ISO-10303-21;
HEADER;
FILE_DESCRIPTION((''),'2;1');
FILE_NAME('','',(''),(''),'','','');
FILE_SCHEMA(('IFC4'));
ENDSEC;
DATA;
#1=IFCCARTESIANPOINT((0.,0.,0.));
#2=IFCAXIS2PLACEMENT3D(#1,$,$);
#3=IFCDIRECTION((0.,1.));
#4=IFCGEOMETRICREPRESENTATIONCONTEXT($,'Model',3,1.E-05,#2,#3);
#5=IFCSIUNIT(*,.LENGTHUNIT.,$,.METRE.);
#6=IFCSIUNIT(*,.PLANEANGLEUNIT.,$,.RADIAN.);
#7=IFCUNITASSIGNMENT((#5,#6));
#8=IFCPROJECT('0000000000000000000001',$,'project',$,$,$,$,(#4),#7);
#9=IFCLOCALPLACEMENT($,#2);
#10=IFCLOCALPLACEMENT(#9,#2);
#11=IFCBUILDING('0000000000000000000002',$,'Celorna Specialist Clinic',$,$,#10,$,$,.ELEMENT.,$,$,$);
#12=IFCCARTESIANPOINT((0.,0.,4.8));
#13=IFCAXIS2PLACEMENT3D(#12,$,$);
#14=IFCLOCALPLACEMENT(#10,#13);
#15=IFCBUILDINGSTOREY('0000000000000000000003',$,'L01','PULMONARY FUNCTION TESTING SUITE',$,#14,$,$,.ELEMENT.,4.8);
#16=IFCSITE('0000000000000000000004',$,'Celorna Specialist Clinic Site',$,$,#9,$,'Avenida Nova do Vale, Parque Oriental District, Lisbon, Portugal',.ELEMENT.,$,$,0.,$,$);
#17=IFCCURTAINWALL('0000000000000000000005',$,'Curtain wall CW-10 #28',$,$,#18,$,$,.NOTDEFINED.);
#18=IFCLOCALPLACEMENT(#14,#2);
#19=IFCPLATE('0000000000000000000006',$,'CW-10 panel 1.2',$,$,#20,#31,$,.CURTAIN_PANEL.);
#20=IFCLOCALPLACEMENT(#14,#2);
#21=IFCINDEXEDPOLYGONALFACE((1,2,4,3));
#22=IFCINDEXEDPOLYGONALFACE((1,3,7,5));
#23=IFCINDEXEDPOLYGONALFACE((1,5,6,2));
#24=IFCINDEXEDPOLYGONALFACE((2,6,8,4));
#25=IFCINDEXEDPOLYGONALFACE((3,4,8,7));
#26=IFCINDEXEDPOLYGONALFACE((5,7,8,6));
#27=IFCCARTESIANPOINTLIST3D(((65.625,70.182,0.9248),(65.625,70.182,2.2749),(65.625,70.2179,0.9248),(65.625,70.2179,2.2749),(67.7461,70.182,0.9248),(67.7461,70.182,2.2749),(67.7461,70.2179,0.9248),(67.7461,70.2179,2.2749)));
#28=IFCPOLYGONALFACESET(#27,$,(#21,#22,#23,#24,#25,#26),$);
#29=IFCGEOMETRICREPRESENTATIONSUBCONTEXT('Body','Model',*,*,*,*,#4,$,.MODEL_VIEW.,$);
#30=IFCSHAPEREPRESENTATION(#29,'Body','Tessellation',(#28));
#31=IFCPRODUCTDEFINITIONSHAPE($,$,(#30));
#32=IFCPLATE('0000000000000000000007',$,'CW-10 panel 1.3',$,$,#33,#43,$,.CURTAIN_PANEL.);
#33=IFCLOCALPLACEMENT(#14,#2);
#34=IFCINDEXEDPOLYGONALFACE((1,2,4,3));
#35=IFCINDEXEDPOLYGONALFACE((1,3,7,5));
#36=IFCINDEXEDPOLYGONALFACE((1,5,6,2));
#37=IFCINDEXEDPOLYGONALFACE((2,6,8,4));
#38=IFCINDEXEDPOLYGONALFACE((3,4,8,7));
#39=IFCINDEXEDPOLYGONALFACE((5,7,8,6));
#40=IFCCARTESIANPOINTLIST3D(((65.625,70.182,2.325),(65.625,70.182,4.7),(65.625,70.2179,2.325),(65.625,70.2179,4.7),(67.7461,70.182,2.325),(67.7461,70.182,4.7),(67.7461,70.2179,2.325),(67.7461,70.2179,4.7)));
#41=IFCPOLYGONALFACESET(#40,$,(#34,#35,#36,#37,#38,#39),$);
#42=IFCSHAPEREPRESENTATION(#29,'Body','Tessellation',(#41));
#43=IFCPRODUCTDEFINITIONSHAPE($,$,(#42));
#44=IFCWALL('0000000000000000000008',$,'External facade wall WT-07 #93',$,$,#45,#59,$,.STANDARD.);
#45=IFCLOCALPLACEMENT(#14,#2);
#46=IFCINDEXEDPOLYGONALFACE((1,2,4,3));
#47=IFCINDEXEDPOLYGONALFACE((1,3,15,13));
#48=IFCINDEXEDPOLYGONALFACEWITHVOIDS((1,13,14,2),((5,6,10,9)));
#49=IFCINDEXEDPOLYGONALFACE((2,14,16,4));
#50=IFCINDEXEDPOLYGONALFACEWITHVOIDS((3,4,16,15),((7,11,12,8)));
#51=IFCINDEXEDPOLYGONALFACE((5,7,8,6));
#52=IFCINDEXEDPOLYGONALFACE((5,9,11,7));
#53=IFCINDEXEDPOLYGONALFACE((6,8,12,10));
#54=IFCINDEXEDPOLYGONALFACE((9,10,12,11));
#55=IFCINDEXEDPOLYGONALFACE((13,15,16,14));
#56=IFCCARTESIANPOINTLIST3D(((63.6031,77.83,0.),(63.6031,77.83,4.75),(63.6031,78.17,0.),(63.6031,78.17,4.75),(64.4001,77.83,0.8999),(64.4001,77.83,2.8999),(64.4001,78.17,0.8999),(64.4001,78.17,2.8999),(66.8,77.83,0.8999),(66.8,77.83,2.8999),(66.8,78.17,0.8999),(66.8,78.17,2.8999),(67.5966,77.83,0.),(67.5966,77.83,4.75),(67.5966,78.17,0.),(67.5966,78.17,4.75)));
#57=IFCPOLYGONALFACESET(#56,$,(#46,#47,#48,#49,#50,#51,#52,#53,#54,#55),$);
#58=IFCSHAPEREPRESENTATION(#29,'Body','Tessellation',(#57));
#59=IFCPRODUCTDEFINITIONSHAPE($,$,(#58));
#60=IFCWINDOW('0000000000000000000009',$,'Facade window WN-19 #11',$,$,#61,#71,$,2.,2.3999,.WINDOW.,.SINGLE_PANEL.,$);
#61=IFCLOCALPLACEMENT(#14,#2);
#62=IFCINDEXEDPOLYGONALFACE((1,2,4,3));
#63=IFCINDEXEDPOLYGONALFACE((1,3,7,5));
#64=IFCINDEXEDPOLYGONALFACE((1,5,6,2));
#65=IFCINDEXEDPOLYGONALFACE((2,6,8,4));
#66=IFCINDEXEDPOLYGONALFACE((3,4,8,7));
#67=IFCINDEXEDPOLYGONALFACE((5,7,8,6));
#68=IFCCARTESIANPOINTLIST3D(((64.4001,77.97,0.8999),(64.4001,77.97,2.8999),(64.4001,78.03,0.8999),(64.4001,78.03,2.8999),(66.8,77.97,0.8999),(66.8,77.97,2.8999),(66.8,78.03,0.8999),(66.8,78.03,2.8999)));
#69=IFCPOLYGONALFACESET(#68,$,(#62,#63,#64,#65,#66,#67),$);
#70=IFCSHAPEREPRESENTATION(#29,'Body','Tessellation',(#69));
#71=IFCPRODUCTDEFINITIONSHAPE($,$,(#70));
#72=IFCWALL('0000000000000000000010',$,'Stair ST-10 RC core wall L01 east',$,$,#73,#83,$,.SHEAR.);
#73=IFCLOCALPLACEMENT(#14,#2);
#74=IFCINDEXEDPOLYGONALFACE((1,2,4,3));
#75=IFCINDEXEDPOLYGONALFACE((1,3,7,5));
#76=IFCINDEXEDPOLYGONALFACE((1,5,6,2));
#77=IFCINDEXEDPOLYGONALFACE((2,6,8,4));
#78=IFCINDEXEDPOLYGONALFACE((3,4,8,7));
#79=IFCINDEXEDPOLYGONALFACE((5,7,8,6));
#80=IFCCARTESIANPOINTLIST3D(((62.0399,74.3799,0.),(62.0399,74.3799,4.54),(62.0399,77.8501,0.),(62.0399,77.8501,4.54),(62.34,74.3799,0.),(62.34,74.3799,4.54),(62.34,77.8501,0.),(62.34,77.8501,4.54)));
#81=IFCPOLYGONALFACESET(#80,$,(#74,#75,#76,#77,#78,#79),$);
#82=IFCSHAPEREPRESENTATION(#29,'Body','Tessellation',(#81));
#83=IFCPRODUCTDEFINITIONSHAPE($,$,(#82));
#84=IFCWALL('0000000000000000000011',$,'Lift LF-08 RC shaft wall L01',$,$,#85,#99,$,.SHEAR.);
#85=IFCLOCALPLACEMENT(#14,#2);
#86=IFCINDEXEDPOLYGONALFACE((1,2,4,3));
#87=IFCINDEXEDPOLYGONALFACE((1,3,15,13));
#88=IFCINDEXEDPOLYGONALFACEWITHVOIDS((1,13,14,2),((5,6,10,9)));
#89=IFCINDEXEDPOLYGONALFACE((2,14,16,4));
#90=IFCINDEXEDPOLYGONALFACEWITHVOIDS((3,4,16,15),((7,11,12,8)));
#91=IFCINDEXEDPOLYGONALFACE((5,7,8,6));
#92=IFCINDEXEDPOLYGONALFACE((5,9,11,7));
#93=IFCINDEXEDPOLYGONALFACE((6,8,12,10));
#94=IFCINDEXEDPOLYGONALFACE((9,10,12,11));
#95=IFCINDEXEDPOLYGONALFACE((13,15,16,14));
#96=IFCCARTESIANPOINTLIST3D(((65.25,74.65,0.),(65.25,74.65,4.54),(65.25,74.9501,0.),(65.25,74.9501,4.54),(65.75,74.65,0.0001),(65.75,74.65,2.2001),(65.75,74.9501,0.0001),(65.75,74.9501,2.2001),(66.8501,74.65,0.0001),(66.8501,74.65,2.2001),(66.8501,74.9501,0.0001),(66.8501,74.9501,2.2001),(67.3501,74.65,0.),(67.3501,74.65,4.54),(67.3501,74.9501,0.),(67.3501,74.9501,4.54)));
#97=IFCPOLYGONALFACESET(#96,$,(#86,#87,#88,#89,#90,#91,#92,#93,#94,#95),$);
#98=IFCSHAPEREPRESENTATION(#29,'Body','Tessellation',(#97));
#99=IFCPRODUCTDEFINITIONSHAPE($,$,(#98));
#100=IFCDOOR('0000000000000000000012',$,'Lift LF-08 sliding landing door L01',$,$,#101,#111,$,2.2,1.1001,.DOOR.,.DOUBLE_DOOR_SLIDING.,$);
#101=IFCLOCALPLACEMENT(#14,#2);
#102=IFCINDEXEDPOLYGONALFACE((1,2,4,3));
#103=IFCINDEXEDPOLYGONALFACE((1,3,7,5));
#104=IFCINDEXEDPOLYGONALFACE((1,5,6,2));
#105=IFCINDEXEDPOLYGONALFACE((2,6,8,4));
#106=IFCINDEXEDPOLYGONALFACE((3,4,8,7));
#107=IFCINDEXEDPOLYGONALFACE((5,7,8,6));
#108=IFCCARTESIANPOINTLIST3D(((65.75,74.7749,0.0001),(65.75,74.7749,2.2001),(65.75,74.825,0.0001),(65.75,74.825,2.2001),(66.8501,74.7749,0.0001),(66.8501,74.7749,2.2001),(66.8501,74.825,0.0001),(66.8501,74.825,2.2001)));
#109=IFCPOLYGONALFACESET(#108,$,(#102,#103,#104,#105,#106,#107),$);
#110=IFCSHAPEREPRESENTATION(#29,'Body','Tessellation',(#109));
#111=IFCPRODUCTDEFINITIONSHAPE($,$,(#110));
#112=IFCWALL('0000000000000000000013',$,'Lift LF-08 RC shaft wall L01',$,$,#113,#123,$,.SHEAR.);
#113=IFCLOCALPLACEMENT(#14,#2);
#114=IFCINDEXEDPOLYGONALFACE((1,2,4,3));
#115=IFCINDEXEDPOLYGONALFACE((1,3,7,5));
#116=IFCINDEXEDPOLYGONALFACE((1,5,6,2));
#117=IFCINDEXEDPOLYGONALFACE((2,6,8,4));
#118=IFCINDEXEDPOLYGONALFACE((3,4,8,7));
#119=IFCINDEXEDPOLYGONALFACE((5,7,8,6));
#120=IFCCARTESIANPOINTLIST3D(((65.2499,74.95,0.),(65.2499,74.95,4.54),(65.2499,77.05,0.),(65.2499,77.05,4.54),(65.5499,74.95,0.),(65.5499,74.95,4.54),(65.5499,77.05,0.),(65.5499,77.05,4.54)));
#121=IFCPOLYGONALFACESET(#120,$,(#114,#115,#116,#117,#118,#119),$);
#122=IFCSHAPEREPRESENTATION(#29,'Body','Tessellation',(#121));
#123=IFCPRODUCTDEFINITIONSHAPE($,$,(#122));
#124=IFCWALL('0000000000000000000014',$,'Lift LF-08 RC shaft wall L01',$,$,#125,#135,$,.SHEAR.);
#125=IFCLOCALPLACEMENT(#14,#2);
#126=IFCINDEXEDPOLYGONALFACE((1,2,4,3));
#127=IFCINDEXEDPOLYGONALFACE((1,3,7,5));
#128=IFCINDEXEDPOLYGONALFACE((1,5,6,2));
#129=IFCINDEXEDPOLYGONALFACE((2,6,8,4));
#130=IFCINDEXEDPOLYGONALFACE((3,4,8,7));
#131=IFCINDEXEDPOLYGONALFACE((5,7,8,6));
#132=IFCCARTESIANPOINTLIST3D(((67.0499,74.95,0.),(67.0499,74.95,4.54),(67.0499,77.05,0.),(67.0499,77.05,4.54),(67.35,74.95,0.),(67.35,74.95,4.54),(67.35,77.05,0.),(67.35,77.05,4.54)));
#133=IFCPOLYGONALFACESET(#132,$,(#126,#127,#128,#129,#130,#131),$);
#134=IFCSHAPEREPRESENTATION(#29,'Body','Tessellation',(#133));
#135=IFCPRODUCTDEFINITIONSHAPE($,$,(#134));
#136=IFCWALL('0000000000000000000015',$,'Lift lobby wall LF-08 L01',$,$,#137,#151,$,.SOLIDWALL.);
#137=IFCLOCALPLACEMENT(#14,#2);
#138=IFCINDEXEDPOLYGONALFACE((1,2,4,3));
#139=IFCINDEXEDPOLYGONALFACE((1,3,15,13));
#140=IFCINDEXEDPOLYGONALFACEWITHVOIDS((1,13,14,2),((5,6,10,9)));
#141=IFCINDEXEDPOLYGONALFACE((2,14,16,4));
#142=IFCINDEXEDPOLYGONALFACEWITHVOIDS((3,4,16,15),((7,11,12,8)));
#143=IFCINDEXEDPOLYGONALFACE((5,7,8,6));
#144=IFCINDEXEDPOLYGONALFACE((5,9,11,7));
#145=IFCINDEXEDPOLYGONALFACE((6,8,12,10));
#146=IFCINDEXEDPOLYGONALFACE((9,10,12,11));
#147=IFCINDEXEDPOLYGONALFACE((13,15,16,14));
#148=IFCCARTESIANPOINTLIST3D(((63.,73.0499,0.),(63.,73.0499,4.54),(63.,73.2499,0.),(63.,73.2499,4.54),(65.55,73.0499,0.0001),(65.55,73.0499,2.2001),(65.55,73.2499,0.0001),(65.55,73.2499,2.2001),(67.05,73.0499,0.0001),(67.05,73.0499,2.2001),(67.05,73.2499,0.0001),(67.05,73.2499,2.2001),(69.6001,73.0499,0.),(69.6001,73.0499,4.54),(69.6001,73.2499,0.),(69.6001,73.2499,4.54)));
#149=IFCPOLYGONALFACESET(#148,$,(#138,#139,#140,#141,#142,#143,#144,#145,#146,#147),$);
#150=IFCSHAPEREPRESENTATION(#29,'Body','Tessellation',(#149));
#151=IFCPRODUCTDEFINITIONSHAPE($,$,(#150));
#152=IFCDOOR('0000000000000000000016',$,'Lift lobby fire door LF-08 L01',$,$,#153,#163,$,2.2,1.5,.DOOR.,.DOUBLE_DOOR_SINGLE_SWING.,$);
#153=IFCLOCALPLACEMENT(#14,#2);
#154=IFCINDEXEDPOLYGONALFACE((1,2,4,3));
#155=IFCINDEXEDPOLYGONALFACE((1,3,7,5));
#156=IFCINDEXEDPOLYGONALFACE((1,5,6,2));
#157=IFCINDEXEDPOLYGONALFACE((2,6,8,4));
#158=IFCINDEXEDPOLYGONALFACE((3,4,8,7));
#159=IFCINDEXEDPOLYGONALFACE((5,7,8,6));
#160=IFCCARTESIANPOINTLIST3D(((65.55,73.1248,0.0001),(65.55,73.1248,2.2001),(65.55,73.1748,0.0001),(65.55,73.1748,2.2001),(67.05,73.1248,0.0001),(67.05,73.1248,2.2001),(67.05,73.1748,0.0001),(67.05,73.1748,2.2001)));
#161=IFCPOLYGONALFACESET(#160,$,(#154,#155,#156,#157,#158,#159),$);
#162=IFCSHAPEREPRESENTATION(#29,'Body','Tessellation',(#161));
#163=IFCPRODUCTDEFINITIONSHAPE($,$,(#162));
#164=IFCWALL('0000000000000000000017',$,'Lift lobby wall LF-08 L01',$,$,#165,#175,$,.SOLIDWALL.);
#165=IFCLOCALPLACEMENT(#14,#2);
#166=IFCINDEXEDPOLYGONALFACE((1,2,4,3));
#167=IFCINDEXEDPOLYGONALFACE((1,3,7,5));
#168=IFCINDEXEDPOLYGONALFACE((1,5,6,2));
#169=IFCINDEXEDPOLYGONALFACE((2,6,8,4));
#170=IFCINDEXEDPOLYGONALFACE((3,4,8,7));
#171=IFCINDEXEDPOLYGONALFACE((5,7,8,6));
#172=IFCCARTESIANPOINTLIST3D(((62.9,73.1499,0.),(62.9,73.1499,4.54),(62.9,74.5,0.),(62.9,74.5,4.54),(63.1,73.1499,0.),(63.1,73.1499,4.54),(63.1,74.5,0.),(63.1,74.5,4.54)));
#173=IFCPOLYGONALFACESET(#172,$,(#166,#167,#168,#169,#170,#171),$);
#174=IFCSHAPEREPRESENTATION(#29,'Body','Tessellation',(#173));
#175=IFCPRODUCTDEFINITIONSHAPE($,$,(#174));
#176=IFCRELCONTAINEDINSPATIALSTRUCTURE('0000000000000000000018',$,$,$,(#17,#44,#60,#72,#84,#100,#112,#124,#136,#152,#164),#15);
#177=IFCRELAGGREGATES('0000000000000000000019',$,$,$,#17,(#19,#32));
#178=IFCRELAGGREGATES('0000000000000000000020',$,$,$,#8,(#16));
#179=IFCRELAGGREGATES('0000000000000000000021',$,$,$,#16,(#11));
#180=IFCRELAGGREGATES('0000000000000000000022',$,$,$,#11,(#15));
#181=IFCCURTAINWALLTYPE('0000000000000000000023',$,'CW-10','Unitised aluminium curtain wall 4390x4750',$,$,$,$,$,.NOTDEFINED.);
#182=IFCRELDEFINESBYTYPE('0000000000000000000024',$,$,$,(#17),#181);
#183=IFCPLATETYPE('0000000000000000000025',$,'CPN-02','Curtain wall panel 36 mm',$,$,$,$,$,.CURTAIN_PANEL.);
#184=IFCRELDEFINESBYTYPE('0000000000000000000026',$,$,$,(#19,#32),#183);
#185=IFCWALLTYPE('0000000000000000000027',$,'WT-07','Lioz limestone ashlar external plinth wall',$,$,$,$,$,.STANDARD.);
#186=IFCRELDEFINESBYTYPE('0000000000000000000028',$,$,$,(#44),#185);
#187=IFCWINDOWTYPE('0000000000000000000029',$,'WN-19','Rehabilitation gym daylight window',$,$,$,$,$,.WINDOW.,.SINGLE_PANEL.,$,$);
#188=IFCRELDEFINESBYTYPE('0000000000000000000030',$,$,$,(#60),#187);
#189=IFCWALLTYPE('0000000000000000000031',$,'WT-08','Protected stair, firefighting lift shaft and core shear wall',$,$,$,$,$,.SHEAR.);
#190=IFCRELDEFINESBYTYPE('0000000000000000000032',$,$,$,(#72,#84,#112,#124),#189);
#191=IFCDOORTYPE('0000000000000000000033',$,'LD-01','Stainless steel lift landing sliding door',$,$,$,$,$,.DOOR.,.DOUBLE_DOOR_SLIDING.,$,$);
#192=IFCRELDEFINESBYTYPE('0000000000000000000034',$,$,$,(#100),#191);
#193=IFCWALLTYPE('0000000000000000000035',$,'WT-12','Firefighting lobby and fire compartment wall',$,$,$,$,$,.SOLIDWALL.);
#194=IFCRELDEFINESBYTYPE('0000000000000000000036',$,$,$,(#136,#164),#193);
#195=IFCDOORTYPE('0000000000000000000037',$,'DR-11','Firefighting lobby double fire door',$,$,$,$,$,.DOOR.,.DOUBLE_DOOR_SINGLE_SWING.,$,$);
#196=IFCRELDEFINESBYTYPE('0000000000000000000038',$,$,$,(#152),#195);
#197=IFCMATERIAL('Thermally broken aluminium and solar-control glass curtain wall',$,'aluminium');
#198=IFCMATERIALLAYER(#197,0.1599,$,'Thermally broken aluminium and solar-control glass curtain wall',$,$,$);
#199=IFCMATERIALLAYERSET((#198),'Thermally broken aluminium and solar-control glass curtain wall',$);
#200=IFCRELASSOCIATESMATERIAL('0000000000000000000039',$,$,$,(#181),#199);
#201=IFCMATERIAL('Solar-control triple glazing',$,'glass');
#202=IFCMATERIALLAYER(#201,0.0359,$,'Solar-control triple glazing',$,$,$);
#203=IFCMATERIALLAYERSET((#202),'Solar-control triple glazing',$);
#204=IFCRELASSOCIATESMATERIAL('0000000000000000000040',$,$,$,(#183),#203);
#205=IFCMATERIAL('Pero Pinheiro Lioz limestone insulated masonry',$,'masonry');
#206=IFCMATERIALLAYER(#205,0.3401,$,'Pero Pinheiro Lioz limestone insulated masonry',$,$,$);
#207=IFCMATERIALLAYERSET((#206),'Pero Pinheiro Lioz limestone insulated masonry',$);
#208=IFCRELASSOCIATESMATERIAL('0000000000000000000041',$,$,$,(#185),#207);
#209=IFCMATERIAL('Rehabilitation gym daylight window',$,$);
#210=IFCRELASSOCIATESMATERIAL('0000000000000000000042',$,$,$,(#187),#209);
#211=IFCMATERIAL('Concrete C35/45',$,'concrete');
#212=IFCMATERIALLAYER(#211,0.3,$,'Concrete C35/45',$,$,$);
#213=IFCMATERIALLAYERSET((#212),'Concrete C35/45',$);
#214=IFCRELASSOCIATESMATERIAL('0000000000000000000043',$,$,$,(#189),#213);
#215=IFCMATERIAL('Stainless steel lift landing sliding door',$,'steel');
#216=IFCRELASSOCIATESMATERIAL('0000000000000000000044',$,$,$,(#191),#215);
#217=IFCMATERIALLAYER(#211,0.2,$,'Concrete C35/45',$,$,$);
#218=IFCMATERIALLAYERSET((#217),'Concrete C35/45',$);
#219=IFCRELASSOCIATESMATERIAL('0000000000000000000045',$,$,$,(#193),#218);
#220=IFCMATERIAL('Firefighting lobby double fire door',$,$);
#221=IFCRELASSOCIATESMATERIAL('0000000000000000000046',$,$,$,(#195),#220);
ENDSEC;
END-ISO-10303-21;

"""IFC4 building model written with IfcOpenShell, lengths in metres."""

from ifc_helpers import new_model, si_unit, direction, frame, frame_2d, origin, origin_2d, place, context, subcontext, project, spatial, rectangle, extrude, material, layer, layer_set, type_object, element, fill, aggregate, save


model = new_model("IFC4")

# Units and contexts
model_context = context("Model", 3, precision=1e-05, world=origin(), true_north=direction((0.0, 1.0)))
body_context = subcontext(model_context, "Body", "Model", "MODEL_VIEW")
ifc_project = project(units=[si_unit("LENGTHUNIT", "METRE"), si_unit("PLANEANGLEUNIT", "RADIAN")], contexts=[model_context])

# Site, building, storey
site_placement = place(None, origin())
site = spatial("IfcSite", under=ifc_project, at=site_placement, Name="Celorna Specialist Clinic Site", LongName="Avenida Nova do Vale, Parque Oriental District, Lisbon, Portugal", CompositionType="ELEMENT", RefElevation=0.0)
building_placement = place(site_placement, origin())
building = spatial("IfcBuilding", under=site, at=building_placement, Name="Celorna Specialist Clinic", CompositionType="ELEMENT")
storey_placement = place(building_placement, frame((0.0, 0.0, 4.8)))
storey = spatial("IfcBuildingStorey", under=building, at=storey_placement, Name="L01", Description="PULMONARY FUNCTION TESTING SUITE", CompositionType="ELEMENT", Elevation=4.8)

# Shared definitions
ifc_material_1 = material(Name="Concrete C35/45", Category="concrete")

# Curtain wall, plates
ifc_material_2 = material(Name="Thermally broken aluminium and solar-control glass curtain wall", Category="aluminium")
ifc_layer_1 = layer(ifc_material_2, 0.1599, Name="Thermally broken aluminium and solar-control glass curtain wall")
ifc_layer_set_1 = layer_set([ifc_layer_1], Name="Thermally broken aluminium and solar-control glass curtain wall")
curtain_wall_type = type_object("IfcCurtainWallType", Name="CW-10", Description="Unitised aluminium curtain wall 4390x4750", PredefinedType="NOTDEFINED", material=ifc_layer_set_1)
curtain_wall_placement = place(storey_placement, origin())
curtain_wall = element("IfcCurtainWall", 1, at=curtain_wall_placement, inside=storey, type_object=curtain_wall_type, Name="Curtain wall CW-10 #28", PredefinedType="NOTDEFINED")
ifc_material_3 = material(Name="Solar-control triple glazing", Category="glass")
ifc_layer_2 = layer(ifc_material_3, 0.0359, Name="Solar-control triple glazing")
ifc_layer_set_2 = layer_set([ifc_layer_2], Name="Solar-control triple glazing")
plate_type = type_object("IfcPlateType", Name="CPN-02", Description="Curtain wall panel 36 mm", PredefinedType="CURTAIN_PANEL", material=ifc_layer_set_2)
plate_1_placement = place(storey_placement, frame((66.6855, 70.2, 0.9248), z_axis=(0.0, 0.0, 1.0), x_axis=(-1.0, 0.0, 0.0)))
plate_1 = element("IfcPlate", 2, at=plate_1_placement, type_object=plate_type, Name="CW-10 panel 1.2", PredefinedType="CURTAIN_PANEL", context=body_context, shape_type="SweptSolid", body=[
    extrude(rectangle(XDim=2.1211, YDim=0.0359, at=origin_2d()), origin(), (0.0, 0.0, 1.0), 1.3501),
])
plate_2_placement = place(storey_placement, frame((66.6855, 70.2, 2.325), z_axis=(0.0, 0.0, 1.0), x_axis=(-1.0, 0.0, 0.0)))
plate_2 = element("IfcPlate", 3, at=plate_2_placement, type_object=plate_type, Name="CW-10 panel 1.3", PredefinedType="CURTAIN_PANEL", context=body_context, shape_type="SweptSolid", body=[
    extrude(rectangle(XDim=2.1211, YDim=0.0359, at=origin_2d()), origin(), (0.0, 0.0, 1.0), 2.375),
])
aggregate(curtain_wall, [plate_1, plate_2])

# Wall, opening, window
ifc_material_4 = material(Name="Pero Pinheiro Lioz limestone insulated masonry", Category="masonry")
ifc_layer_3 = layer(ifc_material_4, 0.3401, Name="Pero Pinheiro Lioz limestone insulated masonry")
ifc_layer_set_3 = layer_set([ifc_layer_3], Name="Pero Pinheiro Lioz limestone insulated masonry")
wall_type_1 = type_object("IfcWallType", Name="WT-07", Description="Lioz limestone ashlar external plinth wall", PredefinedType="STANDARD", material=ifc_layer_set_3)
wall_1_placement = place(storey_placement, frame((63.6033, 78.0, 0.0), z_axis=(0.0, 0.0, 1.0), x_axis=(1.0, 0.0, 0.0)))
wall_1 = element("IfcWall", 4, at=wall_1_placement, inside=storey, type_object=wall_type_1, Name="External facade wall WT-07 #93", PredefinedType="STANDARD", context=body_context, shape_type="SweptSolid", body=[
    extrude(rectangle(XDim=3.9934, YDim=0.3401, at=frame_2d((1.9966, 0.0))), origin(), (0.0, 0.0, 1.0), 4.75),
])
opening_1_placement = place(wall_1_placement, frame((0.7969, 0.0, 0.8999)))
opening_1 = element("IfcOpeningElement", 5, at=opening_1_placement, cuts=wall_1, PredefinedType="OPENING", context=body_context, shape_type="SweptSolid", body=[
    extrude(rectangle(XDim=2.3999, YDim=2.0, at=frame_2d((1.2, 1.0))), frame((0.0, 0.1799, 0.0), z_axis=(0.0, -1.0, 0.0), x_axis=(1.0, 0.0, 0.0)), (0.0, 0.0, 1.0), 0.3601),
])
ifc_material_5 = material(Name="Rehabilitation gym daylight window")
window_type = type_object("IfcWindowType", Name="WN-19", Description="Rehabilitation gym daylight window", PartitioningType="SINGLE_PANEL", PredefinedType="WINDOW", material=ifc_material_5)
window_placement = place(opening_1_placement, origin())
window = element("IfcWindow", 6, at=window_placement, inside=storey, type_object=window_type, Name="Facade window WN-19 #11", OverallHeight=2.0, OverallWidth=2.3999, PartitioningType="SINGLE_PANEL", PredefinedType="WINDOW", context=body_context, shape_type="SweptSolid", body=[
    extrude(rectangle(XDim=2.3999, YDim=2.0, at=frame_2d((1.2, 1.0))), frame((0.0, 0.03, 0.0), z_axis=(0.0, -1.0, 0.0), x_axis=(1.0, 0.0, 0.0)), (0.0, 0.0, 1.0), 0.0601),
])
fill(opening_1, window)

# Wall
ifc_layer_4 = layer(ifc_material_1, 0.3, Name="Concrete C35/45")
ifc_layer_set_4 = layer_set([ifc_layer_4], Name="Concrete C35/45")
wall_type_2 = type_object("IfcWallType", Name="WT-08", Description="Protected stair, firefighting lift shaft and core shear wall", PredefinedType="SHEAR", material=ifc_layer_set_4)
wall_2_placement = place(storey_placement, frame((62.1899, 74.3799, 0.0), z_axis=(0.0, 0.0, 1.0), x_axis=(0.0, 1.0, 0.0)))
element("IfcWall", 7, at=wall_2_placement, inside=storey, type_object=wall_type_2, Name="Stair ST-10 RC core wall L01 east", PredefinedType="SHEAR", context=body_context, shape_type="SweptSolid", body=[
    extrude(rectangle(XDim=3.4702, YDim=0.3, at=frame_2d((1.7351, 0.0))), origin(), (0.0, 0.0, 1.0), 4.54),
])

# Wall, opening, door
wall_3_placement = place(storey_placement, frame((65.25, 74.8, 0.0), z_axis=(0.0, 0.0, 1.0), x_axis=(1.0, 0.0, 0.0)))
wall_3 = element("IfcWall", 8, at=wall_3_placement, inside=storey, type_object=wall_type_2, Name="Lift LF-08 RC shaft wall L01", PredefinedType="SHEAR", context=body_context, shape_type="SweptSolid", body=[
    extrude(rectangle(XDim=2.1001, YDim=0.3, at=frame_2d((1.05, 0.0))), origin(), (0.0, 0.0, 1.0), 4.54),
])
opening_2_placement = place(wall_3_placement, frame((0.5, 0.0, 0.0)))
opening_2 = element("IfcOpeningElement", 9, at=opening_2_placement, cuts=wall_3, PredefinedType="OPENING", context=body_context, shape_type="SweptSolid", body=[
    extrude(rectangle(XDim=1.1001, YDim=2.2, at=frame_2d((0.55, 1.1001))), frame((0.0, 0.1599, 0.0), z_axis=(0.0, -1.0, 0.0), x_axis=(1.0, 0.0, 0.0)), (0.0, 0.0, 1.0), 0.3201),
])
ifc_material_6 = material(Name="Stainless steel lift landing sliding door", Category="steel")
door_type_1 = type_object("IfcDoorType", Name="LD-01", Description="Stainless steel lift landing sliding door", OperationType="DOUBLE_DOOR_SLIDING", PredefinedType="DOOR", material=ifc_material_6)
door_1_placement = place(opening_2_placement, origin())
door_1 = element("IfcDoor", 10, at=door_1_placement, inside=storey, type_object=door_type_1, Name="Lift LF-08 sliding landing door L01", OperationType="DOUBLE_DOOR_SLIDING", OverallHeight=2.2, OverallWidth=1.1001, PredefinedType="DOOR", context=body_context, shape_type="SweptSolid", body=[
    extrude(rectangle(XDim=1.1001, YDim=2.2, at=frame_2d((0.55, 1.1001))), frame((0.0, 0.0249, 0.0), z_axis=(0.0, -1.0, 0.0), x_axis=(1.0, 0.0, 0.0)), (0.0, 0.0, 1.0), 0.05),
])
fill(opening_2, door_1)

# Walls
for number, where, z_axis, x_axis, name in (
    (11, (65.3999, 77.05, 0.0), (0.0, 0.0, 1.0), (0.0, -1.0, 0.0), "Lift LF-08 RC shaft wall L01"),
    (12, (67.2, 74.95, 0.0), (0.0, 0.0, 1.0), (0.0, 1.0, 0.0), "Lift LF-08 RC shaft wall L01"),
):
    element("IfcWall", number, at=place(storey_placement, frame(where, z_axis=z_axis, x_axis=x_axis)), inside=storey, type_object=wall_type_2, Name=name, PredefinedType="SHEAR", context=body_context, shape_type="SweptSolid", body=[
        extrude(rectangle(XDim=2.1001, YDim=0.3, at=frame_2d((1.05, 0.0))), origin(), (0.0, 0.0, 1.0), 4.54),
    ])

# Wall, opening, door
ifc_layer_5 = layer(ifc_material_1, 0.2, Name="Concrete C35/45")
ifc_layer_set_5 = layer_set([ifc_layer_5], Name="Concrete C35/45")
wall_type_3 = type_object("IfcWallType", Name="WT-12", Description="Firefighting lobby and fire compartment wall", PredefinedType="SOLIDWALL", material=ifc_layer_set_5)
wall_4_placement = place(storey_placement, frame((63.0, 73.1499, 0.0), z_axis=(0.0, 0.0, 1.0), x_axis=(1.0, 0.0, 0.0)))
wall_4 = element("IfcWall", 13, at=wall_4_placement, inside=storey, type_object=wall_type_3, Name="Lift lobby wall LF-08 L01", PredefinedType="SOLIDWALL", context=body_context, shape_type="SweptSolid", body=[
    extrude(rectangle(XDim=6.6001, YDim=0.2, at=frame_2d((3.3, 0.0))), origin(), (0.0, 0.0, 1.0), 4.54),
])
opening_3_placement = place(wall_4_placement, frame((2.55, 0.0, 0.0)))
opening_3 = element("IfcOpeningElement", 14, at=opening_3_placement, cuts=wall_4, PredefinedType="OPENING", context=body_context, shape_type="SweptSolid", body=[
    extrude(rectangle(XDim=1.5, YDim=2.2, at=frame_2d((0.75, 1.1001))), frame((0.0, 0.1099, 0.0), z_axis=(0.0, -1.0, 0.0), x_axis=(1.0, 0.0, 0.0)), (0.0, 0.0, 1.0), 0.22),
])
ifc_material_7 = material(Name="Firefighting lobby double fire door")
door_type_2 = type_object("IfcDoorType", Name="DR-11", Description="Firefighting lobby double fire door", OperationType="DOUBLE_DOOR_SINGLE_SWING", PredefinedType="DOOR", material=ifc_material_7)
door_2_placement = place(opening_3_placement, origin())
door_2 = element("IfcDoor", 15, at=door_2_placement, inside=storey, type_object=door_type_2, Name="Lift lobby fire door LF-08 L01", OperationType="DOUBLE_DOOR_SINGLE_SWING", OverallHeight=2.2, OverallWidth=1.5, PredefinedType="DOOR", context=body_context, shape_type="SweptSolid", body=[
    extrude(rectangle(XDim=1.5, YDim=2.2, at=frame_2d((0.75, 1.1001))), frame((0.0, 0.0249, 0.0), z_axis=(0.0, -1.0, 0.0), x_axis=(1.0, 0.0, 0.0)), (0.0, 0.0, 1.0), 0.05),
])
fill(opening_3, door_2)

# Wall
wall_5_placement = place(storey_placement, frame((63.0, 74.5, 0.0), z_axis=(0.0, 0.0, 1.0), x_axis=(0.0, -1.0, 0.0)))
element("IfcWall", 16, at=wall_5_placement, inside=storey, type_object=wall_type_3, Name="Lift lobby wall LF-08 L01", PredefinedType="SOLIDWALL", context=body_context, shape_type="SweptSolid", body=[
    extrude(rectangle(XDim=1.3501, YDim=0.2, at=frame_2d((0.675, 0.0))), origin(), (0.0, 0.0, 1.0), 4.54),
])

save(model, "model.ifc")
